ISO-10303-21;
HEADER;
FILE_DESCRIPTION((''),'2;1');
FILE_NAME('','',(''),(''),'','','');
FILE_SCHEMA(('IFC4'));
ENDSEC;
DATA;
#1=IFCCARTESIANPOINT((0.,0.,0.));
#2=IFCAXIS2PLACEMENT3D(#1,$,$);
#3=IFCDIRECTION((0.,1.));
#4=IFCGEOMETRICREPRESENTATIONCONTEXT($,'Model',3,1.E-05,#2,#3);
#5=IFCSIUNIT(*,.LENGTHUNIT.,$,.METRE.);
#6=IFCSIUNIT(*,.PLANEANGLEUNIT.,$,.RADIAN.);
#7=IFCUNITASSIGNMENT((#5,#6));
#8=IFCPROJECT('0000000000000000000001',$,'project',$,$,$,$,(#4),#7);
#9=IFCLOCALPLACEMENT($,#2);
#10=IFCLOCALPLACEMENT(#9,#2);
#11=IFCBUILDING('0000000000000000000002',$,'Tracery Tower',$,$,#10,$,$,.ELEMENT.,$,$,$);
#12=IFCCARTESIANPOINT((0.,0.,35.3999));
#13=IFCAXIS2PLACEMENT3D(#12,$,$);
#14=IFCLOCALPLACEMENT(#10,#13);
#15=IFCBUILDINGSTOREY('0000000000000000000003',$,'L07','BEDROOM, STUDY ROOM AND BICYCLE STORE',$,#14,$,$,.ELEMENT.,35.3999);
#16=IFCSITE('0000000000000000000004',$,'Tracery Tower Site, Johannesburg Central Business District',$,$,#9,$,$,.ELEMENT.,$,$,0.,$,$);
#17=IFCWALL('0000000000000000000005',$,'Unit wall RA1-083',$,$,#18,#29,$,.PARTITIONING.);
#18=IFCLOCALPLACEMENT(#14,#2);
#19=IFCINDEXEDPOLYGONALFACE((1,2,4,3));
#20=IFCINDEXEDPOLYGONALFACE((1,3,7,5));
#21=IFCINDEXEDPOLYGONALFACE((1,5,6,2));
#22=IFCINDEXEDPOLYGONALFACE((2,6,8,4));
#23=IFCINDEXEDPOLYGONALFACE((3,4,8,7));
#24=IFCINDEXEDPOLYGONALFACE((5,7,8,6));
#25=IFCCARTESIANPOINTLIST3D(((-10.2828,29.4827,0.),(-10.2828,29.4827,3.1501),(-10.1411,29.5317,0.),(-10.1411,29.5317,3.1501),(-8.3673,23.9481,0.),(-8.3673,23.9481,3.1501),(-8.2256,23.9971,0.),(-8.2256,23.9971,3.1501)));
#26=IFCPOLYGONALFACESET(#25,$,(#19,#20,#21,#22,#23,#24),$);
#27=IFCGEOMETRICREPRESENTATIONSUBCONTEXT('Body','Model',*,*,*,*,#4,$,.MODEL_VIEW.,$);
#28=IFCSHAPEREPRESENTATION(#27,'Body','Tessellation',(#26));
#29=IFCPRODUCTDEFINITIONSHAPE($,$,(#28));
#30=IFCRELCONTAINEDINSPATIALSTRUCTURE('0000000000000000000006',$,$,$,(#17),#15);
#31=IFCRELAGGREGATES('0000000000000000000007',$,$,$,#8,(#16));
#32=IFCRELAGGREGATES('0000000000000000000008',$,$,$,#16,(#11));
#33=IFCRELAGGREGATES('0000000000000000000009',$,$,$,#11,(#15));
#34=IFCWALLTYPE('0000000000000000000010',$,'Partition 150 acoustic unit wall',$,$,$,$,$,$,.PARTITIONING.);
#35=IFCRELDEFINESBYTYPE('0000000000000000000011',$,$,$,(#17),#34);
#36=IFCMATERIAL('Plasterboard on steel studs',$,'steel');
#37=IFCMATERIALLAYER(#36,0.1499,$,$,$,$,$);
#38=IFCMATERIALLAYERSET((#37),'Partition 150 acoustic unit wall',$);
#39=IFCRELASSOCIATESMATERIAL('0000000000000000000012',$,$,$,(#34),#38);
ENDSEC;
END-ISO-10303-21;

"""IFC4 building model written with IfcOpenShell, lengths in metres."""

from ifc_helpers import new_model, si_unit, direction, frame, frame_2d, origin, place, context, subcontext, project, spatial, rectangle, extrude, material, layer, layer_set, type_object, element, save


model = new_model("IFC4")

# Units and contexts
model_context = context("Model", 3, precision=1e-05, world=origin(), true_north=direction((0.0, 1.0)))
body_context = subcontext(model_context, "Body", "Model", "MODEL_VIEW")
ifc_project = project(units=[si_unit("LENGTHUNIT", "METRE"), si_unit("PLANEANGLEUNIT", "RADIAN")], contexts=[model_context])

# Site, building, storey
site_placement = place(None, origin())
site = spatial("IfcSite", under=ifc_project, at=site_placement, Name="Tracery Tower Site, Johannesburg Central Business District", CompositionType="ELEMENT", RefElevation=0.0)
building_placement = place(site_placement, origin())
building = spatial("IfcBuilding", under=site, at=building_placement, Name="Tracery Tower", CompositionType="ELEMENT")
storey_placement = place(building_placement, frame((0.0, 0.0, 35.3999)))
storey = spatial("IfcBuildingStorey", under=building, at=storey_placement, Name="L07", Description="BEDROOM, STUDY ROOM AND BICYCLE STORE", CompositionType="ELEMENT", Elevation=35.3999)

# Wall
ifc_material_1 = material(Name="Plasterboard on steel studs", Category="steel")
ifc_layer_1 = layer(ifc_material_1, 0.1499)
ifc_layer_set_1 = layer_set([ifc_layer_1], Name="Partition 150 acoustic unit wall")
wall_type_1 = type_object("IfcWallType", Name="Partition 150 acoustic unit wall", PredefinedType="PARTITIONING", material=ifc_layer_set_1)
wall_1_placement = place(storey_placement, frame((-10.2119, 29.5071, 0.0), z_axis=(0.0, 0.0, 1.0), x_axis=(0.327062, -0.945003, 0.0)))
element("IfcWall", 1, at=wall_1_placement, inside=storey, type_object=wall_type_1, Name="Unit wall RA1-083", PredefinedType="PARTITIONING", context=body_context, shape_type="SweptSolid", body=[
    extrude(rectangle(XDim=5.8567, YDim=0.1499, at=frame_2d((2.9282, 0.0))), origin(), (0.0, 0.0, 1.0), 3.1501),
])

save(model, "model.ifc")
